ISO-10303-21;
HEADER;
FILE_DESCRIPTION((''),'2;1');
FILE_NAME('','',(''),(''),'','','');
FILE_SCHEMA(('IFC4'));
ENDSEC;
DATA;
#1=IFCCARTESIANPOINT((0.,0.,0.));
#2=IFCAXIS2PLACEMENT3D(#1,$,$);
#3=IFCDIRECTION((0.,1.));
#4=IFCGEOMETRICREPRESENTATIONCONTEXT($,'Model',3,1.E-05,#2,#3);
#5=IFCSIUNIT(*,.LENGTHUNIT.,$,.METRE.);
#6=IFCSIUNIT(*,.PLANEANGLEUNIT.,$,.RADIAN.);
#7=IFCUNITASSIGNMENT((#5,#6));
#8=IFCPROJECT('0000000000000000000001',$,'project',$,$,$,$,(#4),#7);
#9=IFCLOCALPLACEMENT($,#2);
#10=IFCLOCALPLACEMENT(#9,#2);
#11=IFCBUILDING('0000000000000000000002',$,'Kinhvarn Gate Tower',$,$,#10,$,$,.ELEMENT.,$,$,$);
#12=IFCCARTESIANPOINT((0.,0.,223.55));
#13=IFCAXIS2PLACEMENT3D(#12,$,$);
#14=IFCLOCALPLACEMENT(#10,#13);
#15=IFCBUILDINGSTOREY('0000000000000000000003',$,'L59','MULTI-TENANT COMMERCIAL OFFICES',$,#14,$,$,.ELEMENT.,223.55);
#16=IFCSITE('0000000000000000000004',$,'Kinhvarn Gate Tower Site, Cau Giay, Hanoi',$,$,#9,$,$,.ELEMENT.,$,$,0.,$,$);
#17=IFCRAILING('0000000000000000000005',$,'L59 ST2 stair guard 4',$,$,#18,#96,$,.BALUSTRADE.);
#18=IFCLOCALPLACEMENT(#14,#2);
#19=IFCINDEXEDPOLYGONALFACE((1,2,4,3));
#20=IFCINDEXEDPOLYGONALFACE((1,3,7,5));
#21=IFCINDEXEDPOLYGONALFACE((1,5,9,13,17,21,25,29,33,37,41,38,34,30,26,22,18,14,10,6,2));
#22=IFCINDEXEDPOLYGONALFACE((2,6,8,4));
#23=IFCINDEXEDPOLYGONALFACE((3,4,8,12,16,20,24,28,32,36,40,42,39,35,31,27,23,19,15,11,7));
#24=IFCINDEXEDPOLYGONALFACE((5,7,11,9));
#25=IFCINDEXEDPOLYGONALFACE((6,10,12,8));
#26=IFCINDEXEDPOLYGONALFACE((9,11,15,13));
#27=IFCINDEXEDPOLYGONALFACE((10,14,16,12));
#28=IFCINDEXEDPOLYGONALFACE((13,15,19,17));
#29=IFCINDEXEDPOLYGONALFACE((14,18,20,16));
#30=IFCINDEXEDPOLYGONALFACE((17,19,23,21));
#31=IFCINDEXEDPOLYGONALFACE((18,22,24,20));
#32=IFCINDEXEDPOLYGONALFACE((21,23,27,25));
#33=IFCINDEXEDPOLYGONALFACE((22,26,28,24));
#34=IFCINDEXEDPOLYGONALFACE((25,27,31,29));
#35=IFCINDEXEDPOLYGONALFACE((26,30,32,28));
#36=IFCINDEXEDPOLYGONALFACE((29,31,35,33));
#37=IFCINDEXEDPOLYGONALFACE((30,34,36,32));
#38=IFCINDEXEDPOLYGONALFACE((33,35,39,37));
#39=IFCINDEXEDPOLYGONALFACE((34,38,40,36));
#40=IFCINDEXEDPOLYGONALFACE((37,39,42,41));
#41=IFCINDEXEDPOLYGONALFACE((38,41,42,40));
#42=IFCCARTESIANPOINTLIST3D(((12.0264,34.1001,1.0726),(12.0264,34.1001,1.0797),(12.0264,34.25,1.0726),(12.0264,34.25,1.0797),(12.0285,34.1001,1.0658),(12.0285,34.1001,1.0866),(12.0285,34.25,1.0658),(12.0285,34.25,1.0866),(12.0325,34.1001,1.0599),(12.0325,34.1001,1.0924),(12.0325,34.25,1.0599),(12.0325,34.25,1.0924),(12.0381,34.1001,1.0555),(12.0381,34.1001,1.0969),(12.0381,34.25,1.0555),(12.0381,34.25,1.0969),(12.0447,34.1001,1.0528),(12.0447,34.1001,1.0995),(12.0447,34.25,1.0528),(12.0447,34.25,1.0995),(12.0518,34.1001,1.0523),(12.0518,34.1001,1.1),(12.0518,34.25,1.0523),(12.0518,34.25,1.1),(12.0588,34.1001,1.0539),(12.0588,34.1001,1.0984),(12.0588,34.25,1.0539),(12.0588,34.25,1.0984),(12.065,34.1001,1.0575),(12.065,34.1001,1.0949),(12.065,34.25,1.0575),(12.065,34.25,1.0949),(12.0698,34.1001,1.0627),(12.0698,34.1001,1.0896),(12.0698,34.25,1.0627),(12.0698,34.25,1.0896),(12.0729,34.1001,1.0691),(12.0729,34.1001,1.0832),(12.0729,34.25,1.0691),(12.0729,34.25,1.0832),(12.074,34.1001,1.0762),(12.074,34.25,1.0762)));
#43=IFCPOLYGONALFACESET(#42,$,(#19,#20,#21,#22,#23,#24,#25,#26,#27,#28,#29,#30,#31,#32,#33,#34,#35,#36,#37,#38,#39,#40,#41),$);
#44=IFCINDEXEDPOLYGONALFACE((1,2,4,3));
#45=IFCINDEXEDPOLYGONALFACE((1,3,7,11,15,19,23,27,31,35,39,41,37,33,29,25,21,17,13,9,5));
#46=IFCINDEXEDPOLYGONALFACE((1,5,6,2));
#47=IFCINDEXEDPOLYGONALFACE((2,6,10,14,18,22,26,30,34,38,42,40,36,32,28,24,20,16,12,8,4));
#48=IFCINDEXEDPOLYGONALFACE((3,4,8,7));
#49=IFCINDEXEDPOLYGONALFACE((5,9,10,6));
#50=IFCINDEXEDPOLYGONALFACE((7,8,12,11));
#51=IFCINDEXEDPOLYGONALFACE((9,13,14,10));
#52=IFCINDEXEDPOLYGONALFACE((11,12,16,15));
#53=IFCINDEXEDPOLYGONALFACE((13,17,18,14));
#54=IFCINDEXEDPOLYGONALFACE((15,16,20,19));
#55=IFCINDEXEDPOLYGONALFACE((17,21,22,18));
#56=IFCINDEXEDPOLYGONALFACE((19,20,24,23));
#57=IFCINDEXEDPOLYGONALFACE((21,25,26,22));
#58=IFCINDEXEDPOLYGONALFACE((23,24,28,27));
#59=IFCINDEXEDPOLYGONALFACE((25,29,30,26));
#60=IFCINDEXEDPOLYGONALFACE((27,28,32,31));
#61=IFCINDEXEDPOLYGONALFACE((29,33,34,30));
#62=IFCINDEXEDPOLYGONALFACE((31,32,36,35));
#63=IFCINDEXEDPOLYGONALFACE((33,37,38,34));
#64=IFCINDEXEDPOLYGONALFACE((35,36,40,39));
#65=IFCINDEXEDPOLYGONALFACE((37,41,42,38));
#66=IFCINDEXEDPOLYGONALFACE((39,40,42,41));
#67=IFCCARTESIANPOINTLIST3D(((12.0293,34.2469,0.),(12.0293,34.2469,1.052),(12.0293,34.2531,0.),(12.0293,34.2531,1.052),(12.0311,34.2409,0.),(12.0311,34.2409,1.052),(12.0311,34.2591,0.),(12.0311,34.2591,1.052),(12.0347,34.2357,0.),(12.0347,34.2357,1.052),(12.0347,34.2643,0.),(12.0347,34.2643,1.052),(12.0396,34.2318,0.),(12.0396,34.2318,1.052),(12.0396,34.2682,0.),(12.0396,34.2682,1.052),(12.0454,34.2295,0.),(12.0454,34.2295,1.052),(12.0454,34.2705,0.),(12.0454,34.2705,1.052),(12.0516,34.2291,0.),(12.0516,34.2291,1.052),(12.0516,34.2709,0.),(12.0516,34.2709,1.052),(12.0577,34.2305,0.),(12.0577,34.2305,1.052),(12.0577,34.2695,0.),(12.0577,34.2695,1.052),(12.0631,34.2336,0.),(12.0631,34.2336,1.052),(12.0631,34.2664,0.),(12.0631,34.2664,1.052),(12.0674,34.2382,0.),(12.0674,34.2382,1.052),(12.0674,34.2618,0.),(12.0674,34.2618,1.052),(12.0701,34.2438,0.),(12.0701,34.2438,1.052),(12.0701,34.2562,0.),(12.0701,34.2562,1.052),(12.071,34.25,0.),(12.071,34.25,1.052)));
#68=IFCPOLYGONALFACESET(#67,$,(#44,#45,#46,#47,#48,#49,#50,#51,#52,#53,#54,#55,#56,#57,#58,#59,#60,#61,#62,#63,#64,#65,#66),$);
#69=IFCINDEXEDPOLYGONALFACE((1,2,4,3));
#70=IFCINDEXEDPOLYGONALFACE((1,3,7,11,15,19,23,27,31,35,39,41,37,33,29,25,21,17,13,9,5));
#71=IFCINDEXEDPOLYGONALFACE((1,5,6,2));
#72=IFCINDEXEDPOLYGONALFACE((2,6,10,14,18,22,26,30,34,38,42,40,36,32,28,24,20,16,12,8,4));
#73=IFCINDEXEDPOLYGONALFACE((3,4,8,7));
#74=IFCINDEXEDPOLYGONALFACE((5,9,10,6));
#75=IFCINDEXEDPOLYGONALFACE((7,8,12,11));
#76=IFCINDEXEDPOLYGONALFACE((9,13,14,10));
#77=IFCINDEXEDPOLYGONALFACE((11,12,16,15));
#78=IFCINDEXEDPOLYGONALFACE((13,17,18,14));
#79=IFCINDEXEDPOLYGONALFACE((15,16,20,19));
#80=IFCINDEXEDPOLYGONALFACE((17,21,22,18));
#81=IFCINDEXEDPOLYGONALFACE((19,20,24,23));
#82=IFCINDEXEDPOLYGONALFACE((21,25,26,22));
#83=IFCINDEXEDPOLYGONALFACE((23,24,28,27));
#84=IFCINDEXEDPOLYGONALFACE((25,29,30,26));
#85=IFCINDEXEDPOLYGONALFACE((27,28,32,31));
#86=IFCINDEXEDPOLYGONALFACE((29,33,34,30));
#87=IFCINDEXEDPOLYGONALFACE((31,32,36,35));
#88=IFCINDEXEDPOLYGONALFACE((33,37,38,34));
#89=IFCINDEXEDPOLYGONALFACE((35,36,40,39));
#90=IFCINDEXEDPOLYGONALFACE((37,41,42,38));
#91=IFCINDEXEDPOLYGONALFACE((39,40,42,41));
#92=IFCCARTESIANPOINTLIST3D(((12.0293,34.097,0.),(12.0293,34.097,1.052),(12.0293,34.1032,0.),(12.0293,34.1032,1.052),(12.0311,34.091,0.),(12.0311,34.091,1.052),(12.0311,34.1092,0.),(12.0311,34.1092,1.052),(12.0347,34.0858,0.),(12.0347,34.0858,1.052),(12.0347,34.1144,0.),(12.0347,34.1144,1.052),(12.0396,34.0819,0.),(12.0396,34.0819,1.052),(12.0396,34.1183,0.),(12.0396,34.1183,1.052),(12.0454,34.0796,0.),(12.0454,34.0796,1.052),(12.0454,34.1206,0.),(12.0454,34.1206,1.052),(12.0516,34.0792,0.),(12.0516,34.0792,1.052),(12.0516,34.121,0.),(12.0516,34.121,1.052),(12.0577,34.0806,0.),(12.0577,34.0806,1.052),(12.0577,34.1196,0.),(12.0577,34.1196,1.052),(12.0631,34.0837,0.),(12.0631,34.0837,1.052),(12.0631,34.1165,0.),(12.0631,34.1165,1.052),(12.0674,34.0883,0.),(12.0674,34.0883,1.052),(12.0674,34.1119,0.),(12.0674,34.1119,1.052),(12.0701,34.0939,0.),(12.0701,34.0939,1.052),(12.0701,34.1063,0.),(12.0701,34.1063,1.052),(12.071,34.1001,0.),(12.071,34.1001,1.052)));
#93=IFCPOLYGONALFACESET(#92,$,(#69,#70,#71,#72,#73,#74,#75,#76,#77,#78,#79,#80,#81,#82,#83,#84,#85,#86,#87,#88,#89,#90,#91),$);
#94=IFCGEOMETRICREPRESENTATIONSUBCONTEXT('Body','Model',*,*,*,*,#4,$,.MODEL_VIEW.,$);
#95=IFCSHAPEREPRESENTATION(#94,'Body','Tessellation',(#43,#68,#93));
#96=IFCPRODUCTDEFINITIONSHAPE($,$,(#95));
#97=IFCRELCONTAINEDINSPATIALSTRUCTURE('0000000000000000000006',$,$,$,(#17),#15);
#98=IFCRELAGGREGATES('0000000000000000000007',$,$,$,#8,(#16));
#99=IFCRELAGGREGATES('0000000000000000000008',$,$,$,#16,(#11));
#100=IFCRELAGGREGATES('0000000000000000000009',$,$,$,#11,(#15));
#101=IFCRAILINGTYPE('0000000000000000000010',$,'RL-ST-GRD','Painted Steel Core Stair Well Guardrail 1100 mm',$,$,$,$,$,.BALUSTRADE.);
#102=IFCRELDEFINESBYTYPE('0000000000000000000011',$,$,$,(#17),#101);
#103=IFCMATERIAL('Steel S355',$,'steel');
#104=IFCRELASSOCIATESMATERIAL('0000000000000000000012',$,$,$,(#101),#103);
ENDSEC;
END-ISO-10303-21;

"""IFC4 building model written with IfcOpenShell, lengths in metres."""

from ifc_helpers import new_model, si_unit, direction, frame, origin, origin_2d, place, context, subcontext, project, spatial, circle, extrude, material, type_object, element, save


model = new_model("IFC4")

# Units and contexts
model_context = context("Model", 3, precision=1e-05, world=origin(), true_north=direction((0.0, 1.0)))
body_context = subcontext(model_context, "Body", "Model", "MODEL_VIEW")
ifc_project = project(units=[si_unit("LENGTHUNIT", "METRE"), si_unit("PLANEANGLEUNIT", "RADIAN")], contexts=[model_context])

# Site, building, storey
site_placement = place(None, origin())
site = spatial("IfcSite", under=ifc_project, at=site_placement, Name="Kinhvarn Gate Tower Site, Cau Giay, Hanoi", CompositionType="ELEMENT", RefElevation=0.0)
building_placement = place(site_placement, origin())
building = spatial("IfcBuilding", under=site, at=building_placement, Name="Kinhvarn Gate Tower", CompositionType="ELEMENT")
storey_placement = place(building_placement, frame((0.0, 0.0, 223.55)))
storey = spatial("IfcBuildingStorey", under=building, at=storey_placement, Name="L59", Description="MULTI-TENANT COMMERCIAL OFFICES", CompositionType="ELEMENT", Elevation=223.55)

# Shared definitions
ifc_material_1 = material(Name="Steel S355", Category="steel")

# Railing
railing_type_1 = type_object("IfcRailingType", Name="RL-ST-GRD", Description="Painted Steel Core Stair Well Guardrail 1100 mm", PredefinedType="BALUSTRADE", material=ifc_material_1)
railing_1_placement = place(storey_placement, frame((12.05, 34.25, 0.0)))
element("IfcRailing", 1, at=railing_1_placement, inside=storey, type_object=railing_type_1, Name="L59 ST2 stair guard 4", PredefinedType="BALUSTRADE", context=body_context, shape_type="SweptSolid", body=[
    extrude(circle(Radius=0.0239, at=origin_2d()), frame((0.0, 0.0, 1.0762), z_axis=(0.0, -1.0, 0.0), x_axis=(1.0, 0.0, 0.0)), (0.0, 0.0, 1.0), 0.1499),
    extrude(circle(Radius=0.021, at=origin_2d()), origin(), (0.0, 0.0, 1.0), 1.052),
    extrude(circle(Radius=0.021, at=origin_2d()), frame((0.0, -0.1499, 0.0)), (0.0, 0.0, 1.0), 1.052),
])

save(model, "model.ifc")
